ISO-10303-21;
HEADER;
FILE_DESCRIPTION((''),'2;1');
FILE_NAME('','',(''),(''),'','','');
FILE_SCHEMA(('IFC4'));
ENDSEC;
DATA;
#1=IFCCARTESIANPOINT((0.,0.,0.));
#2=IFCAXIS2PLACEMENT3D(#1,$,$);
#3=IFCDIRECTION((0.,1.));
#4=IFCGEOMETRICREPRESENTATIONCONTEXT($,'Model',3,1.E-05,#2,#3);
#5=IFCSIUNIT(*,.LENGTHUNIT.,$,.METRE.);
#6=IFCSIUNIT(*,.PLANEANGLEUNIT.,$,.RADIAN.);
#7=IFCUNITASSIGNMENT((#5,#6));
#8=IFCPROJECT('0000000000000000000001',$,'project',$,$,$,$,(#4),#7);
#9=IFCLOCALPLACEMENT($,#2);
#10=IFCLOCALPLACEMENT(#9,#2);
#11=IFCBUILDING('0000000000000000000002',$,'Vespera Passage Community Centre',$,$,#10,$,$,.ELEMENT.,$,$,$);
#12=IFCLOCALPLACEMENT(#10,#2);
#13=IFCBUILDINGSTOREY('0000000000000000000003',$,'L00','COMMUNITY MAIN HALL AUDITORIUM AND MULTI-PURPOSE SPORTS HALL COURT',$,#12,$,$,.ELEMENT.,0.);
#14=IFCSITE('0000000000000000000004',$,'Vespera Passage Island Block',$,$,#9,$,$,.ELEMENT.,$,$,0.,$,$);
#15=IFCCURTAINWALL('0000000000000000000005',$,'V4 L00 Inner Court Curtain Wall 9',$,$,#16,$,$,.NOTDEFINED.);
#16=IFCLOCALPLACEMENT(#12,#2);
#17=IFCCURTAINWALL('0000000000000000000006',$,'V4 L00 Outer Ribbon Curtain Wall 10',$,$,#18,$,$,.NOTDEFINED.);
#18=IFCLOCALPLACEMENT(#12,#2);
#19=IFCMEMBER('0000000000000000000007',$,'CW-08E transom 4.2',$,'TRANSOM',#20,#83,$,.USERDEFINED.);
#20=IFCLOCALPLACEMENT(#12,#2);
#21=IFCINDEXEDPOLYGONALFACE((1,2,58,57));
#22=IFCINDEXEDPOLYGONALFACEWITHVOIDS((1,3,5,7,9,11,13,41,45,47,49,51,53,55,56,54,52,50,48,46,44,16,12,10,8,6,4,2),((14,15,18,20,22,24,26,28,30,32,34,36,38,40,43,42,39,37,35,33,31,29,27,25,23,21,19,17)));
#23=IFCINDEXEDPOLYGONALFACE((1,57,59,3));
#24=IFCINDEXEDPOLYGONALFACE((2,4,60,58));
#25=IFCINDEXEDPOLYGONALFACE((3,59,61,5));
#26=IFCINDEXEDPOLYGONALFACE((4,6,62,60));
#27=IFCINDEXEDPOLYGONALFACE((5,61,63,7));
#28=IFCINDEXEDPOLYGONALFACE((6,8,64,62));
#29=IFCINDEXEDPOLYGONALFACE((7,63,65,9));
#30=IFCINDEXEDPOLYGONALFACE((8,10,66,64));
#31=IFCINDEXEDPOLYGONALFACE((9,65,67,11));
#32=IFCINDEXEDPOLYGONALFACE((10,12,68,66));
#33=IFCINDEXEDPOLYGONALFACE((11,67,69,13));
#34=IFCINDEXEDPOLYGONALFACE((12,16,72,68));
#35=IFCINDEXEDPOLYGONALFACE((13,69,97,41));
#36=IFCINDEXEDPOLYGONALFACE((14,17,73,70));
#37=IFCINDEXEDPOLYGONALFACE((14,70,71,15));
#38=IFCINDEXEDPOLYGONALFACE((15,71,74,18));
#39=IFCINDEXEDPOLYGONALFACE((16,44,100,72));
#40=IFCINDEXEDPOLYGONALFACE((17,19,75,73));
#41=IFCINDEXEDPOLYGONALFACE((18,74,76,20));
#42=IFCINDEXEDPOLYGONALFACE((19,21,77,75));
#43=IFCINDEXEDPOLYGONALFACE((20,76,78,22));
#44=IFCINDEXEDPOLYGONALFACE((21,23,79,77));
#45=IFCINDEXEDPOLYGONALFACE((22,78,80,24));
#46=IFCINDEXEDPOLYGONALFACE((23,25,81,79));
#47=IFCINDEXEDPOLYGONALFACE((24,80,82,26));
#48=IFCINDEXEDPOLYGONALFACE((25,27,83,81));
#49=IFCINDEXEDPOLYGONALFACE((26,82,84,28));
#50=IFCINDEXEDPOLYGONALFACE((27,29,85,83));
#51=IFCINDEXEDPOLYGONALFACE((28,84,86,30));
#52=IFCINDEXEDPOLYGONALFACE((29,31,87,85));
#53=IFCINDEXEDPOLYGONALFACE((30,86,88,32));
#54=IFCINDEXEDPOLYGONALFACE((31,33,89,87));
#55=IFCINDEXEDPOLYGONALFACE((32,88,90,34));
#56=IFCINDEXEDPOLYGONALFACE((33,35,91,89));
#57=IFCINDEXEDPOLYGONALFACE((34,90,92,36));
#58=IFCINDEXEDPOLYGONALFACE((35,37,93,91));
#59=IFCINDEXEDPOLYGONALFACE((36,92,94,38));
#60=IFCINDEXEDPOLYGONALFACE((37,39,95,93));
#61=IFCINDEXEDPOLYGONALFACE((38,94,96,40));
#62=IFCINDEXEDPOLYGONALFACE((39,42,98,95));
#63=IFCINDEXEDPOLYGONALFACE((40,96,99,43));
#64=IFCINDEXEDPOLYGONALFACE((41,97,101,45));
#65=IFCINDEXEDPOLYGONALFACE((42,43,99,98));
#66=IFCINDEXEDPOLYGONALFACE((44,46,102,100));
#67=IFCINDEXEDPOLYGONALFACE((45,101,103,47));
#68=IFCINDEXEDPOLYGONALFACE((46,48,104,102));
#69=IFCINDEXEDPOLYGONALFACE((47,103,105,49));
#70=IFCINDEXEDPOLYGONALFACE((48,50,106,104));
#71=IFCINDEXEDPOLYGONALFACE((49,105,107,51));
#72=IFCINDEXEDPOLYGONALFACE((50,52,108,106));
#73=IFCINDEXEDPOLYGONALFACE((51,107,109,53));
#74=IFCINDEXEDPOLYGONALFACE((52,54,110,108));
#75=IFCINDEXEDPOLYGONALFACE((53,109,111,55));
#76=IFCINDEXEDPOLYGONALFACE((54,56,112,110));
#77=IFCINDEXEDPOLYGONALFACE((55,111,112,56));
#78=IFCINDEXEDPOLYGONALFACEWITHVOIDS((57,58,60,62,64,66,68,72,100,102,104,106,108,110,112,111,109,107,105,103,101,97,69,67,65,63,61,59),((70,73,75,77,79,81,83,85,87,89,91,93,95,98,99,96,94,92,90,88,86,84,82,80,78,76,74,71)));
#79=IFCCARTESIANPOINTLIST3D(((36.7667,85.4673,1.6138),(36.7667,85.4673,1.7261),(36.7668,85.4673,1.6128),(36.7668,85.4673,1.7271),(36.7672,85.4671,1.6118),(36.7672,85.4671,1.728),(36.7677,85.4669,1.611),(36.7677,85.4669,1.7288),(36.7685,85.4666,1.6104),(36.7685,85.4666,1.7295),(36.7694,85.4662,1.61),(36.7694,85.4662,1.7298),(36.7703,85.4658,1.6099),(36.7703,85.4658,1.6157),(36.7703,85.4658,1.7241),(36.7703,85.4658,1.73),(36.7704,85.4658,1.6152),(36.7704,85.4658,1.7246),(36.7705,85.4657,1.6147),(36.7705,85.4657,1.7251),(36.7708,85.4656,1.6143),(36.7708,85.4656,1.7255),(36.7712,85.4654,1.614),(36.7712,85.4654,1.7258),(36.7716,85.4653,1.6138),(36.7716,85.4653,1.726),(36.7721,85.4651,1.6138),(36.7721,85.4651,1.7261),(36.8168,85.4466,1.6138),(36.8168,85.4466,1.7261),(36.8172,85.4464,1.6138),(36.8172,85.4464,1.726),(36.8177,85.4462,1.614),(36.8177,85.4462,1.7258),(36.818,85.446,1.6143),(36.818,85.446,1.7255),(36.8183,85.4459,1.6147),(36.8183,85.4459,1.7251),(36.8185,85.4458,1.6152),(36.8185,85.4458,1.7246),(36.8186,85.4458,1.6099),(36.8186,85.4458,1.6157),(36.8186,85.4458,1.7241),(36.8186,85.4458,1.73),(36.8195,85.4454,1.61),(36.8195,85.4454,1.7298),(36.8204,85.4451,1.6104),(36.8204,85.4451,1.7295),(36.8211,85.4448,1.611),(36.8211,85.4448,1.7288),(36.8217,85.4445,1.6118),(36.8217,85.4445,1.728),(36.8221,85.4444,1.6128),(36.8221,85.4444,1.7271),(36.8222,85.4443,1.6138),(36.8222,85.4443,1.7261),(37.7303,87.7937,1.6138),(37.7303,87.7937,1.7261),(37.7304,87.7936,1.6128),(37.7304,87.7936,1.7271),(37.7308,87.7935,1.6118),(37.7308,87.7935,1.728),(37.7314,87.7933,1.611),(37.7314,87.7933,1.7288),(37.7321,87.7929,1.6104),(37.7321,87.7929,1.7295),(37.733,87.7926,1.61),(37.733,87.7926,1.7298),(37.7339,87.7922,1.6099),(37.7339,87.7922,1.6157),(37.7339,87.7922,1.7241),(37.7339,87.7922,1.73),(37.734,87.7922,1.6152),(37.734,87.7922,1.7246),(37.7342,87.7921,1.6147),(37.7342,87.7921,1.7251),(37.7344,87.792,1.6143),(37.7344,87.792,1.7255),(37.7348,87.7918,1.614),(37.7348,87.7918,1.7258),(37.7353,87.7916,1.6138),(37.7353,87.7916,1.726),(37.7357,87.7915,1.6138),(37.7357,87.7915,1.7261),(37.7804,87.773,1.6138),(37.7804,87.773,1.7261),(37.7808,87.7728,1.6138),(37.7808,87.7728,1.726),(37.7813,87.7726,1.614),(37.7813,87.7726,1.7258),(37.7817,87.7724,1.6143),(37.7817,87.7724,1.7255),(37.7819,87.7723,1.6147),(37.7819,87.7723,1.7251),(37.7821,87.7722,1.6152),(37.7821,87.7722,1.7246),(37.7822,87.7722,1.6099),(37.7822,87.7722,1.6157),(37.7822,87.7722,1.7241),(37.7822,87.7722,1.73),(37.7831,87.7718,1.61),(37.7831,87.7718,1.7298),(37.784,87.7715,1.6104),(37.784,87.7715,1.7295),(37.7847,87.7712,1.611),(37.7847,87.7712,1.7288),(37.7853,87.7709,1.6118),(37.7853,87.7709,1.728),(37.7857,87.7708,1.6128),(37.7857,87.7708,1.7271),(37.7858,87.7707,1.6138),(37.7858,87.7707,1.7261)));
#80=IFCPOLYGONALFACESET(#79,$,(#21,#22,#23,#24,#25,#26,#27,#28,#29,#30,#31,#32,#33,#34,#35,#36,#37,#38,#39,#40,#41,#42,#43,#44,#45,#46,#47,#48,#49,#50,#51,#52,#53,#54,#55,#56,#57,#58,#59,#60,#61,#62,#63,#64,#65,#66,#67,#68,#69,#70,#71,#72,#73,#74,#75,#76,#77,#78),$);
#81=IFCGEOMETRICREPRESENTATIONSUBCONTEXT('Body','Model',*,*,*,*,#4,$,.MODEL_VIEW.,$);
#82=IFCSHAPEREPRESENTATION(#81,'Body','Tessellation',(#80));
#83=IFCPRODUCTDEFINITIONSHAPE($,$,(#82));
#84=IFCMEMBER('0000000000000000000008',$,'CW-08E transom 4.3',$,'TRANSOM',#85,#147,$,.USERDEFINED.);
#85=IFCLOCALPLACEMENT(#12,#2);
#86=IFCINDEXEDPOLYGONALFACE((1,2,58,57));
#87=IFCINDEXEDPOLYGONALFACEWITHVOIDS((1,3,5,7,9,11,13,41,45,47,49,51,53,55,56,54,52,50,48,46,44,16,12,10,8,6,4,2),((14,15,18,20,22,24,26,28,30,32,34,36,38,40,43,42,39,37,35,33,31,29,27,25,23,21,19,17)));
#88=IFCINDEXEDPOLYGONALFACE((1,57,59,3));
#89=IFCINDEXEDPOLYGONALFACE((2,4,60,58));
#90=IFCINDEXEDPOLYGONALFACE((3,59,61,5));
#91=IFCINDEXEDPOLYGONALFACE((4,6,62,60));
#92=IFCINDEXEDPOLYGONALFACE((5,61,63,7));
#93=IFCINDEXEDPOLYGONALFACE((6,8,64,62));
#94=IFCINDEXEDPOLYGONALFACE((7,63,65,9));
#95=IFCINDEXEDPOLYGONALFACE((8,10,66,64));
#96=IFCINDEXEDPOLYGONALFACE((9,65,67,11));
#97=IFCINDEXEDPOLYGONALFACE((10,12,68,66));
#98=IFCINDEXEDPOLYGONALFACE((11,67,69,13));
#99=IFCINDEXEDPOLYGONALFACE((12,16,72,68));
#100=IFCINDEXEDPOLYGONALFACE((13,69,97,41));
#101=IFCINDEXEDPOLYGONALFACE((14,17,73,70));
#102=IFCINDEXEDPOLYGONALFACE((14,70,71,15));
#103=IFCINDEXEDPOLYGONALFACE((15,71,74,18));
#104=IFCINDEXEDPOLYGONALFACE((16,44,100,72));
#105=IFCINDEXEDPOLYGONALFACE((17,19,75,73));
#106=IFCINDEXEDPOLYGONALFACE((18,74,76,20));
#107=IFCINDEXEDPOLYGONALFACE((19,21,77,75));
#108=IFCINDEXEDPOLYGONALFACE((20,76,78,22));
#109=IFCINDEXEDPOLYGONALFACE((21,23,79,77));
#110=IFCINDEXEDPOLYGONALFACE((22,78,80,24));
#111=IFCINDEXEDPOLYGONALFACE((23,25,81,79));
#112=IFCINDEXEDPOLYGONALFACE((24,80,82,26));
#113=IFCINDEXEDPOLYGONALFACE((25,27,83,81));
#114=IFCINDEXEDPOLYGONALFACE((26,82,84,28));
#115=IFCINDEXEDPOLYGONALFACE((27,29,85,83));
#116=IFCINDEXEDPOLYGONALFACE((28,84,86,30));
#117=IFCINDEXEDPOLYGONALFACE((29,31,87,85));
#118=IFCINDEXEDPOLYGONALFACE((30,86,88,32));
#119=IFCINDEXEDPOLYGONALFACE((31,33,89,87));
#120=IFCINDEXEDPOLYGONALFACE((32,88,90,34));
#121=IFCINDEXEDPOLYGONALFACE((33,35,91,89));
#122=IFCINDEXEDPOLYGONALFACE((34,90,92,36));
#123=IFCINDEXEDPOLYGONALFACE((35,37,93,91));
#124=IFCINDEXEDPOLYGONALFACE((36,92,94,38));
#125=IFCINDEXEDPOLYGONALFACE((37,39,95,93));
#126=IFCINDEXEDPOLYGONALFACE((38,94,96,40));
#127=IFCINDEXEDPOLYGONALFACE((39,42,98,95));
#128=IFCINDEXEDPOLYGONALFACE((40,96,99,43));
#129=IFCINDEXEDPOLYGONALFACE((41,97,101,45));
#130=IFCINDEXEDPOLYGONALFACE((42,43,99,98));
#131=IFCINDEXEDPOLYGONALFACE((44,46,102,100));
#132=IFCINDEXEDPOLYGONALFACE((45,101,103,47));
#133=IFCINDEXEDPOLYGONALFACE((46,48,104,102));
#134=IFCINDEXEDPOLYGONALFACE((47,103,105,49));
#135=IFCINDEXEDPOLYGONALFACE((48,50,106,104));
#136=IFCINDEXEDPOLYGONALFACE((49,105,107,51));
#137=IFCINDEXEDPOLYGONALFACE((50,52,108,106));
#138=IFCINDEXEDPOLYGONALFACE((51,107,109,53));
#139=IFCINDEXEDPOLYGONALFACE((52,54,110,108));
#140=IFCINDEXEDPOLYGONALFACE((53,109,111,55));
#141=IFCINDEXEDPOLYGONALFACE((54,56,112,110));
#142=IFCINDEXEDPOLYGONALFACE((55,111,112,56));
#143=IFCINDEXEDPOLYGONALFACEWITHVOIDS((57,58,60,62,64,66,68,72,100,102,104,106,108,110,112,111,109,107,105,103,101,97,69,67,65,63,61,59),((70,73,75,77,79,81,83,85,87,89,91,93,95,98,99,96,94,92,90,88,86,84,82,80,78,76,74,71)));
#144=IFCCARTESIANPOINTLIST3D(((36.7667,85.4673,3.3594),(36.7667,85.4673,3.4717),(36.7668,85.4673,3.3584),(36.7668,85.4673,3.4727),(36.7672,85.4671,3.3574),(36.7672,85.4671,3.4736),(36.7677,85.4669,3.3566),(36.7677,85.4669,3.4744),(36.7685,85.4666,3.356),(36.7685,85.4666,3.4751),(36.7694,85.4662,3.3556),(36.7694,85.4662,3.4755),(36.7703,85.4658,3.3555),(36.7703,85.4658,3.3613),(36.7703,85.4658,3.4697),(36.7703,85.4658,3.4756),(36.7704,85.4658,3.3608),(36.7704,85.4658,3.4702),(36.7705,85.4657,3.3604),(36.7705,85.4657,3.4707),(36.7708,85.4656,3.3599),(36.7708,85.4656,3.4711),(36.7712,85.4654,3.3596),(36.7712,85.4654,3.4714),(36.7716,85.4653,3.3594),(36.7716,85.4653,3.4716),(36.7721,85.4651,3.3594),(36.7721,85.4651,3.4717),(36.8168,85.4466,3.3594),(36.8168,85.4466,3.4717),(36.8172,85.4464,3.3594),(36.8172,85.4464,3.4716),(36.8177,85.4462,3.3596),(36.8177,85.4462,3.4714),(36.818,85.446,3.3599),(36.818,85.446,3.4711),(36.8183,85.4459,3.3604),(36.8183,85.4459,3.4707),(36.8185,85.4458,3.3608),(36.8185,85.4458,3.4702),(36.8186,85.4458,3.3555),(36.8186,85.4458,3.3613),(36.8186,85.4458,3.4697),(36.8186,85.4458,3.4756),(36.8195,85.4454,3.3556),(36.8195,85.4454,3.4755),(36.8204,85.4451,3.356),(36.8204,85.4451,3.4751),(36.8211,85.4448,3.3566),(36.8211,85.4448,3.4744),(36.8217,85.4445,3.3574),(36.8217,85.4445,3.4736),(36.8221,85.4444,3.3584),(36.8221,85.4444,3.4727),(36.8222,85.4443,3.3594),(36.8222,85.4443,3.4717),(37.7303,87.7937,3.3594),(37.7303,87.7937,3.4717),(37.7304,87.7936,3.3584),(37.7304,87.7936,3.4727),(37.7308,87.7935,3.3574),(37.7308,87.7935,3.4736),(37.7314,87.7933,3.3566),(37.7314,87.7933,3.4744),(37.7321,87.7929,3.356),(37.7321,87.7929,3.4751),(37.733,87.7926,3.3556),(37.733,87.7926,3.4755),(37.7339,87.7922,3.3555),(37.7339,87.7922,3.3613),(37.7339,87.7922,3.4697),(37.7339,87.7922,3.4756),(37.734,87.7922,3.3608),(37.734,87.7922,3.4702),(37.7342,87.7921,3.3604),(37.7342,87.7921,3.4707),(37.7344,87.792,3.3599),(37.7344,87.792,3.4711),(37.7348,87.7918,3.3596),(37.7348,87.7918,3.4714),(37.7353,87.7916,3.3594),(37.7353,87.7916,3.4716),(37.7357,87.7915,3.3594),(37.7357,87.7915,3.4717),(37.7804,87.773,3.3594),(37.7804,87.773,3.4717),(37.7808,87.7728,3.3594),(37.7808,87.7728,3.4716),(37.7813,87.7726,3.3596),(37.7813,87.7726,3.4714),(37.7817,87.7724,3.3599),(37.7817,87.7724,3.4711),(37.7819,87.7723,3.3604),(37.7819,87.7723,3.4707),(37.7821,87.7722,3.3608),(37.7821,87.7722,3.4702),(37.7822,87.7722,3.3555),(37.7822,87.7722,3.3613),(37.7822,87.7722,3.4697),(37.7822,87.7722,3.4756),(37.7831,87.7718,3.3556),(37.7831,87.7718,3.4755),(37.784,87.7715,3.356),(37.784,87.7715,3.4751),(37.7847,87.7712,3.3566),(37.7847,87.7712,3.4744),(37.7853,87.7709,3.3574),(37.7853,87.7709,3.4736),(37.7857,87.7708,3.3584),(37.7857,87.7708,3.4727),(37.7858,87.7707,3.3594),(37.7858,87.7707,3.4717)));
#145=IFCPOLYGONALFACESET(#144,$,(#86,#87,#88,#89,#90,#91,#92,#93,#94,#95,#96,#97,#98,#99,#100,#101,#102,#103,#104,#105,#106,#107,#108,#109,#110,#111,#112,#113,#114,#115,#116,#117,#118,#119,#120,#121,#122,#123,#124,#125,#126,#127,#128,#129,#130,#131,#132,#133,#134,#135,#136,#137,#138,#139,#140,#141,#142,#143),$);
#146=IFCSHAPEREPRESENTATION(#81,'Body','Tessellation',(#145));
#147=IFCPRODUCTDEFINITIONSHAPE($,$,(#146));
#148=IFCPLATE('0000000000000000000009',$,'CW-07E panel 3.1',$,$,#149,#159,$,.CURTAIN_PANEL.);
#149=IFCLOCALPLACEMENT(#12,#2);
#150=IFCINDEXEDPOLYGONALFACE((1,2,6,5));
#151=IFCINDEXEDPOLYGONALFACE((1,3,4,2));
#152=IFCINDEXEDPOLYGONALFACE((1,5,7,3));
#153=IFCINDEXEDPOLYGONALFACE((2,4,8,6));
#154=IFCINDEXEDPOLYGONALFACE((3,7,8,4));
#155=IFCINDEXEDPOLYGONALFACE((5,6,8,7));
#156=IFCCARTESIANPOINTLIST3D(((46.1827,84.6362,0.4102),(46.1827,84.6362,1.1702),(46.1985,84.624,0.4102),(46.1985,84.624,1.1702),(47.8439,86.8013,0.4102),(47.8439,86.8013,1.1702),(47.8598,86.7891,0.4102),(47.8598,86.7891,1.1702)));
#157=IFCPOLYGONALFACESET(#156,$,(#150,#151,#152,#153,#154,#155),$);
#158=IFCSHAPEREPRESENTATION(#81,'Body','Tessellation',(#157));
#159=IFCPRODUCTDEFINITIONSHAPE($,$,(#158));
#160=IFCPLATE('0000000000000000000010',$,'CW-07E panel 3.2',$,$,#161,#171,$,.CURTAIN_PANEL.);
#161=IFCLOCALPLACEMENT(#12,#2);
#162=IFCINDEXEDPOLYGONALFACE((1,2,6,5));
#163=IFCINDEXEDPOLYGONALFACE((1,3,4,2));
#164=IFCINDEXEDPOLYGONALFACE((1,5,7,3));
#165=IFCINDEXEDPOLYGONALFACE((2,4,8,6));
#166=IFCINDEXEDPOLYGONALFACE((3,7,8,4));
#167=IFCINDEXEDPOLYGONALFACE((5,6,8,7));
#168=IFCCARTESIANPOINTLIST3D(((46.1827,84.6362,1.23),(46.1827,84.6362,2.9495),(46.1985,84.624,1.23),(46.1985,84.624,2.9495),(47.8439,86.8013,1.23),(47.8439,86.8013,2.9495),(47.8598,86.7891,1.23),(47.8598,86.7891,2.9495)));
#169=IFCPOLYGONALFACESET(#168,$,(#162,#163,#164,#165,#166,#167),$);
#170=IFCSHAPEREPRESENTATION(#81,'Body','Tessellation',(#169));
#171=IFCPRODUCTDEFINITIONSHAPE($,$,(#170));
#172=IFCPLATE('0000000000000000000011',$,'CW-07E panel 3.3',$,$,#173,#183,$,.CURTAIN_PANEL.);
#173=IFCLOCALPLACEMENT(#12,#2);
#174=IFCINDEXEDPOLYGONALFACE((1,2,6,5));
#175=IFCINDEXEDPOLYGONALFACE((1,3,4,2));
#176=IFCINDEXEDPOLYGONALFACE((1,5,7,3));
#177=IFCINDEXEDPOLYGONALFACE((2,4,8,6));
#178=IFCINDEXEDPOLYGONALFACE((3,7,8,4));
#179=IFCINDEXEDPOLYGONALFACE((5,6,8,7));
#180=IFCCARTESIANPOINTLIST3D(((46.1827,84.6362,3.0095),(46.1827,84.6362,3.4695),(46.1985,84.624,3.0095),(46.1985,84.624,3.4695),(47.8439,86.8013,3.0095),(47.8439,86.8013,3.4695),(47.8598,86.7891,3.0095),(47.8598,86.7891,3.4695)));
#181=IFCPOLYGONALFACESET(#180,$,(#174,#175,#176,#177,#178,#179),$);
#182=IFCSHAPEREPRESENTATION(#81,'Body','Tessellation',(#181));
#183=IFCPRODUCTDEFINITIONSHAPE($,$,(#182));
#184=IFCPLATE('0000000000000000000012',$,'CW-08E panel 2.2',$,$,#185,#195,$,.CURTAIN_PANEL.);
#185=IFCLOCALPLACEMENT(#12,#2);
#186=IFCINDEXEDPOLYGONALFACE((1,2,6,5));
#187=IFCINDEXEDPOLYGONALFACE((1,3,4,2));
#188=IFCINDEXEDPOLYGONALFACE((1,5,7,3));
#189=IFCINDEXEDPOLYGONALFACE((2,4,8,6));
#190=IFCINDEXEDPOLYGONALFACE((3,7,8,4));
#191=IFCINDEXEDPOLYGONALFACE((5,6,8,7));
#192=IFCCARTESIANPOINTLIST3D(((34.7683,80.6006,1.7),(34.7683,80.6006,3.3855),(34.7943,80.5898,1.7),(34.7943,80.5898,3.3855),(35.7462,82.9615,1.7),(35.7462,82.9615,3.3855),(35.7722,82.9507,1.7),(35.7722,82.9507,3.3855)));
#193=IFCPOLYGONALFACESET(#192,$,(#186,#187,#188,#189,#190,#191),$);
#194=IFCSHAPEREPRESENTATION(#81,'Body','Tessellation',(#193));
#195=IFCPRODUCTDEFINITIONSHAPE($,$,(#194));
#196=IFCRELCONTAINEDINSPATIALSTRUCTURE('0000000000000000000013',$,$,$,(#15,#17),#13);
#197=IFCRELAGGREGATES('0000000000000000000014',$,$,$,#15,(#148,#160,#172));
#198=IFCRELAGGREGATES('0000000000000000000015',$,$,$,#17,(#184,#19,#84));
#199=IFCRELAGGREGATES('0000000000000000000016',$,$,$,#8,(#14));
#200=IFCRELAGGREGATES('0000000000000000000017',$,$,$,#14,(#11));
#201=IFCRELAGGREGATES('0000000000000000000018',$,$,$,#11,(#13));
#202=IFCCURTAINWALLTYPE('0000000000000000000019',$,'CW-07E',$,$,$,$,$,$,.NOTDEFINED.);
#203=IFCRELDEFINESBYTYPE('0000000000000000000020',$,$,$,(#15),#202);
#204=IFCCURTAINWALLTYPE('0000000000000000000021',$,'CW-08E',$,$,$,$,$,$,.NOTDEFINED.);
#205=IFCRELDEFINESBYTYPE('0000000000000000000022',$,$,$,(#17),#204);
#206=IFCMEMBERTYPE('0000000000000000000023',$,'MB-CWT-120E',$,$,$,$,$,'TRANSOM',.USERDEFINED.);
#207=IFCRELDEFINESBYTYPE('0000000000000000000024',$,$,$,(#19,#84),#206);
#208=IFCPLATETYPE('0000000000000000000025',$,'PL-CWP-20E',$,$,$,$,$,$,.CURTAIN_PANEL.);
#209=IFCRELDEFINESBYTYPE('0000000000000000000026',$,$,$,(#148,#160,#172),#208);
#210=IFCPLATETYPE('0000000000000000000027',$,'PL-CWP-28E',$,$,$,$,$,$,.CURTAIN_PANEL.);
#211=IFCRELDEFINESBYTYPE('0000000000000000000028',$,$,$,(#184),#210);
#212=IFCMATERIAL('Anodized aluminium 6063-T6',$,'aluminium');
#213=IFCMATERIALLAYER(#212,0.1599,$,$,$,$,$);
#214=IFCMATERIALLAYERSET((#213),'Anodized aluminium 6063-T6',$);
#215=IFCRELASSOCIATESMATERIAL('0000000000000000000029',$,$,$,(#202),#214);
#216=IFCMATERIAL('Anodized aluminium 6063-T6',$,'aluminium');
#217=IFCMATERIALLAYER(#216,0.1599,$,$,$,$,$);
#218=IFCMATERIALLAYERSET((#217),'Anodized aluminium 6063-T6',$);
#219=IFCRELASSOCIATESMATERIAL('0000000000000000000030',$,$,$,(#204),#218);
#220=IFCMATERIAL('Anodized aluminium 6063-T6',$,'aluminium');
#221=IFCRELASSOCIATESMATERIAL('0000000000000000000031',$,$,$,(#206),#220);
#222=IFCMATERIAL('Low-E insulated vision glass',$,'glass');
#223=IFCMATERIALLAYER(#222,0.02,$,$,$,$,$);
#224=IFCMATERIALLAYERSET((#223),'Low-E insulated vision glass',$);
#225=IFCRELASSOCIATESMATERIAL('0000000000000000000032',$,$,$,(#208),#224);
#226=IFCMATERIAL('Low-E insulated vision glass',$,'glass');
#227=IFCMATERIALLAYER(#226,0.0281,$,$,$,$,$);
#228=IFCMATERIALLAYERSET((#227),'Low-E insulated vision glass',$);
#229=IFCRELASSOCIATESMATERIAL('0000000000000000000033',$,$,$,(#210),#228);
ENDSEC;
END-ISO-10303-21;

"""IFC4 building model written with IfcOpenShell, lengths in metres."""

from ifc_helpers import new_model, si_unit, direction, frame, origin, origin_2d, place, context, subcontext, project, spatial, rectangle, hollow_rectangle, extrude, material, layer, layer_set, material_profile, profile_set, type_object, element, aggregate, save


model = new_model("IFC4")

# Units and contexts
model_context = context("Model", 3, precision=1e-05, world=origin(), true_north=direction((0.0, 1.0)))
body_context = subcontext(model_context, "Body", "Model", "MODEL_VIEW")
ifc_project = project(units=[si_unit("LENGTHUNIT", "METRE"), si_unit("PLANEANGLEUNIT", "RADIAN")], contexts=[model_context])

# Site, building, storey
site_placement = place(None, origin())
site = spatial("IfcSite", under=ifc_project, at=site_placement, Name="Vespera Passage Island Block", CompositionType="ELEMENT", RefElevation=0.0)
building_placement = place(site_placement, origin())
building = spatial("IfcBuilding", under=site, at=building_placement, Name="Vespera Passage Community Centre", CompositionType="ELEMENT")
storey_placement = place(building_placement, origin())
storey = spatial("IfcBuildingStorey", under=building, at=storey_placement, Name="L00", Description="COMMUNITY MAIN HALL AUDITORIUM AND MULTI-PURPOSE SPORTS HALL COURT", CompositionType="ELEMENT", Elevation=0.0)

# Curtain wall
ifc_material_1 = material(Name="Anodized aluminium 6063-T6", Category="aluminium")
ifc_layer_1 = layer(ifc_material_1, 0.1599)
ifc_layer_set_1 = layer_set([ifc_layer_1], Name="Anodized aluminium 6063-T6")
curtain_wall_type_1 = type_object("IfcCurtainWallType", Name="CW-07E", PredefinedType="NOTDEFINED", material=ifc_layer_set_1)
curtain_wall_1_placement = place(storey_placement, origin())
curtain_wall_1 = element("IfcCurtainWall", 1, at=curtain_wall_1_placement, inside=storey, type_object=curtain_wall_type_1, Name="V4 L00 Inner Court Curtain Wall 9", PredefinedType="NOTDEFINED")

# Curtain wall
ifc_material_2 = material(Name="Anodized aluminium 6063-T6", Category="aluminium")
ifc_layer_2 = layer(ifc_material_2, 0.1599)
ifc_layer_set_2 = layer_set([ifc_layer_2], Name="Anodized aluminium 6063-T6")
curtain_wall_type_2 = type_object("IfcCurtainWallType", Name="CW-08E", PredefinedType="NOTDEFINED", material=ifc_layer_set_2)
curtain_wall_2_placement = place(storey_placement, origin())
curtain_wall_2 = element("IfcCurtainWall", 2, at=curtain_wall_2_placement, inside=storey, type_object=curtain_wall_type_2, Name="V4 L00 Outer Ribbon Curtain Wall 10", PredefinedType="NOTDEFINED")

# Members
ifc_material_3 = material(Name="Anodized aluminium 6063-T6", Category="aluminium")
ifc_material_profile_1 = material_profile(ifc_material_3, hollow_rectangle(XDim=0.0601, YDim=0.1201, WallThickness=0.0039, InnerFilletRadius=0.002, OuterFilletRadius=0.0039, at=origin_2d()), Name="ALU120X60X4")
ifc_profile_set_1 = profile_set([ifc_material_profile_1], Name="Anodized aluminium 6063-T6")
member_type_1 = type_object("IfcMemberType", Name="MB-CWT-120E", ElementType="TRANSOM", PredefinedType="USERDEFINED", material=ifc_profile_set_1)
member_1_placement = place(storey_placement, frame((36.7944, 85.4558, 1.6699), z_axis=(0.38268, 0.923881, 0.0), x_axis=(-0.923881, 0.38268, 0.0)))
member_1 = element("IfcMember", 3, at=member_1_placement, type_object=member_type_1, Name="CW-08E transom 4.2", ObjectType="TRANSOM", PredefinedType="USERDEFINED", context=body_context, shape_type="SweptSolid", body=[
    extrude(hollow_rectangle(XDim=0.0601, YDim=0.1201, WallThickness=0.0039, InnerFilletRadius=0.002, OuterFilletRadius=0.0039, at=origin_2d()), origin(), (0.0, 0.0, 1.0), 2.5181),
])
member_2_placement = place(storey_placement, frame((36.7944, 85.4558, 3.4155), z_axis=(0.38268, 0.923881, 0.0), x_axis=(-0.923881, 0.38268, 0.0)))
member_2 = element("IfcMember", 4, at=member_2_placement, type_object=member_type_1, Name="CW-08E transom 4.3", ObjectType="TRANSOM", PredefinedType="USERDEFINED", context=body_context, shape_type="SweptSolid", body=[
    extrude(hollow_rectangle(XDim=0.0601, YDim=0.1201, WallThickness=0.0039, InnerFilletRadius=0.002, OuterFilletRadius=0.0039, at=origin_2d()), origin(), (0.0, 0.0, 1.0), 2.5181),
])

# Plates
ifc_material_4 = material(Name="Low-E insulated vision glass", Category="glass")
ifc_layer_3 = layer(ifc_material_4, 0.02)
ifc_layer_set_3 = layer_set([ifc_layer_3], Name="Low-E insulated vision glass")
plate_type_1 = type_object("IfcPlateType", Name="PL-CWP-20E", PredefinedType="CURTAIN_PANEL", material=ifc_layer_set_3)
plate_1_placement = place(storey_placement, frame((47.0212, 85.7126, 0.4102), z_axis=(0.0, 0.0, 1.0), x_axis=(-0.608755, -0.793358, 0.0)))
plate_1 = element("IfcPlate", 5, at=plate_1_placement, type_object=plate_type_1, Name="CW-07E panel 3.1", PredefinedType="CURTAIN_PANEL", context=body_context, shape_type="SweptSolid", body=[
    extrude(rectangle(XDim=2.729, YDim=0.02, at=origin_2d()), origin(), (0.0, 0.0, 1.0), 0.76),
])
plate_2_placement = place(storey_placement, frame((47.0212, 85.7126, 1.23), z_axis=(0.0, 0.0, 1.0), x_axis=(-0.608755, -0.793358, 0.0)))
plate_2 = element("IfcPlate", 6, at=plate_2_placement, type_object=plate_type_1, Name="CW-07E panel 3.2", PredefinedType="CURTAIN_PANEL", context=body_context, shape_type="SweptSolid", body=[
    extrude(rectangle(XDim=2.729, YDim=0.02, at=origin_2d()), origin(), (0.0, 0.0, 1.0), 1.7195),
])
plate_3_placement = place(storey_placement, frame((47.0212, 85.7126, 3.0095), z_axis=(0.0, 0.0, 1.0), x_axis=(-0.608755, -0.793358, 0.0)))
plate_3 = element("IfcPlate", 7, at=plate_3_placement, type_object=plate_type_1, Name="CW-07E panel 3.3", PredefinedType="CURTAIN_PANEL", context=body_context, shape_type="SweptSolid", body=[
    extrude(rectangle(XDim=2.729, YDim=0.02, at=origin_2d()), origin(), (0.0, 0.0, 1.0), 0.46),
])
aggregate(curtain_wall_1, [plate_1, plate_2, plate_3])
ifc_material_5 = material(Name="Low-E insulated vision glass", Category="glass")
ifc_layer_4 = layer(ifc_material_5, 0.0281)
ifc_layer_set_4 = layer_set([ifc_layer_4], Name="Low-E insulated vision glass")
plate_type_2 = type_object("IfcPlateType", Name="PL-CWP-28E", PredefinedType="CURTAIN_PANEL", material=ifc_layer_set_4)
plate_4_placement = place(storey_placement, frame((35.2703, 81.7756, 1.7), z_axis=(0.0, 0.0, 1.0), x_axis=(0.382679, 0.923881, 0.0)))
plate_4 = element("IfcPlate", 8, at=plate_4_placement, type_object=plate_type_2, Name="CW-08E panel 2.2", PredefinedType="CURTAIN_PANEL", context=body_context, shape_type="SweptSolid", body=[
    extrude(rectangle(XDim=2.5554, YDim=0.0281, at=origin_2d()), origin(), (0.0, 0.0, 1.0), 1.6855),
])
aggregate(curtain_wall_2, [plate_4, member_1, member_2])

save(model, "model.ifc")
